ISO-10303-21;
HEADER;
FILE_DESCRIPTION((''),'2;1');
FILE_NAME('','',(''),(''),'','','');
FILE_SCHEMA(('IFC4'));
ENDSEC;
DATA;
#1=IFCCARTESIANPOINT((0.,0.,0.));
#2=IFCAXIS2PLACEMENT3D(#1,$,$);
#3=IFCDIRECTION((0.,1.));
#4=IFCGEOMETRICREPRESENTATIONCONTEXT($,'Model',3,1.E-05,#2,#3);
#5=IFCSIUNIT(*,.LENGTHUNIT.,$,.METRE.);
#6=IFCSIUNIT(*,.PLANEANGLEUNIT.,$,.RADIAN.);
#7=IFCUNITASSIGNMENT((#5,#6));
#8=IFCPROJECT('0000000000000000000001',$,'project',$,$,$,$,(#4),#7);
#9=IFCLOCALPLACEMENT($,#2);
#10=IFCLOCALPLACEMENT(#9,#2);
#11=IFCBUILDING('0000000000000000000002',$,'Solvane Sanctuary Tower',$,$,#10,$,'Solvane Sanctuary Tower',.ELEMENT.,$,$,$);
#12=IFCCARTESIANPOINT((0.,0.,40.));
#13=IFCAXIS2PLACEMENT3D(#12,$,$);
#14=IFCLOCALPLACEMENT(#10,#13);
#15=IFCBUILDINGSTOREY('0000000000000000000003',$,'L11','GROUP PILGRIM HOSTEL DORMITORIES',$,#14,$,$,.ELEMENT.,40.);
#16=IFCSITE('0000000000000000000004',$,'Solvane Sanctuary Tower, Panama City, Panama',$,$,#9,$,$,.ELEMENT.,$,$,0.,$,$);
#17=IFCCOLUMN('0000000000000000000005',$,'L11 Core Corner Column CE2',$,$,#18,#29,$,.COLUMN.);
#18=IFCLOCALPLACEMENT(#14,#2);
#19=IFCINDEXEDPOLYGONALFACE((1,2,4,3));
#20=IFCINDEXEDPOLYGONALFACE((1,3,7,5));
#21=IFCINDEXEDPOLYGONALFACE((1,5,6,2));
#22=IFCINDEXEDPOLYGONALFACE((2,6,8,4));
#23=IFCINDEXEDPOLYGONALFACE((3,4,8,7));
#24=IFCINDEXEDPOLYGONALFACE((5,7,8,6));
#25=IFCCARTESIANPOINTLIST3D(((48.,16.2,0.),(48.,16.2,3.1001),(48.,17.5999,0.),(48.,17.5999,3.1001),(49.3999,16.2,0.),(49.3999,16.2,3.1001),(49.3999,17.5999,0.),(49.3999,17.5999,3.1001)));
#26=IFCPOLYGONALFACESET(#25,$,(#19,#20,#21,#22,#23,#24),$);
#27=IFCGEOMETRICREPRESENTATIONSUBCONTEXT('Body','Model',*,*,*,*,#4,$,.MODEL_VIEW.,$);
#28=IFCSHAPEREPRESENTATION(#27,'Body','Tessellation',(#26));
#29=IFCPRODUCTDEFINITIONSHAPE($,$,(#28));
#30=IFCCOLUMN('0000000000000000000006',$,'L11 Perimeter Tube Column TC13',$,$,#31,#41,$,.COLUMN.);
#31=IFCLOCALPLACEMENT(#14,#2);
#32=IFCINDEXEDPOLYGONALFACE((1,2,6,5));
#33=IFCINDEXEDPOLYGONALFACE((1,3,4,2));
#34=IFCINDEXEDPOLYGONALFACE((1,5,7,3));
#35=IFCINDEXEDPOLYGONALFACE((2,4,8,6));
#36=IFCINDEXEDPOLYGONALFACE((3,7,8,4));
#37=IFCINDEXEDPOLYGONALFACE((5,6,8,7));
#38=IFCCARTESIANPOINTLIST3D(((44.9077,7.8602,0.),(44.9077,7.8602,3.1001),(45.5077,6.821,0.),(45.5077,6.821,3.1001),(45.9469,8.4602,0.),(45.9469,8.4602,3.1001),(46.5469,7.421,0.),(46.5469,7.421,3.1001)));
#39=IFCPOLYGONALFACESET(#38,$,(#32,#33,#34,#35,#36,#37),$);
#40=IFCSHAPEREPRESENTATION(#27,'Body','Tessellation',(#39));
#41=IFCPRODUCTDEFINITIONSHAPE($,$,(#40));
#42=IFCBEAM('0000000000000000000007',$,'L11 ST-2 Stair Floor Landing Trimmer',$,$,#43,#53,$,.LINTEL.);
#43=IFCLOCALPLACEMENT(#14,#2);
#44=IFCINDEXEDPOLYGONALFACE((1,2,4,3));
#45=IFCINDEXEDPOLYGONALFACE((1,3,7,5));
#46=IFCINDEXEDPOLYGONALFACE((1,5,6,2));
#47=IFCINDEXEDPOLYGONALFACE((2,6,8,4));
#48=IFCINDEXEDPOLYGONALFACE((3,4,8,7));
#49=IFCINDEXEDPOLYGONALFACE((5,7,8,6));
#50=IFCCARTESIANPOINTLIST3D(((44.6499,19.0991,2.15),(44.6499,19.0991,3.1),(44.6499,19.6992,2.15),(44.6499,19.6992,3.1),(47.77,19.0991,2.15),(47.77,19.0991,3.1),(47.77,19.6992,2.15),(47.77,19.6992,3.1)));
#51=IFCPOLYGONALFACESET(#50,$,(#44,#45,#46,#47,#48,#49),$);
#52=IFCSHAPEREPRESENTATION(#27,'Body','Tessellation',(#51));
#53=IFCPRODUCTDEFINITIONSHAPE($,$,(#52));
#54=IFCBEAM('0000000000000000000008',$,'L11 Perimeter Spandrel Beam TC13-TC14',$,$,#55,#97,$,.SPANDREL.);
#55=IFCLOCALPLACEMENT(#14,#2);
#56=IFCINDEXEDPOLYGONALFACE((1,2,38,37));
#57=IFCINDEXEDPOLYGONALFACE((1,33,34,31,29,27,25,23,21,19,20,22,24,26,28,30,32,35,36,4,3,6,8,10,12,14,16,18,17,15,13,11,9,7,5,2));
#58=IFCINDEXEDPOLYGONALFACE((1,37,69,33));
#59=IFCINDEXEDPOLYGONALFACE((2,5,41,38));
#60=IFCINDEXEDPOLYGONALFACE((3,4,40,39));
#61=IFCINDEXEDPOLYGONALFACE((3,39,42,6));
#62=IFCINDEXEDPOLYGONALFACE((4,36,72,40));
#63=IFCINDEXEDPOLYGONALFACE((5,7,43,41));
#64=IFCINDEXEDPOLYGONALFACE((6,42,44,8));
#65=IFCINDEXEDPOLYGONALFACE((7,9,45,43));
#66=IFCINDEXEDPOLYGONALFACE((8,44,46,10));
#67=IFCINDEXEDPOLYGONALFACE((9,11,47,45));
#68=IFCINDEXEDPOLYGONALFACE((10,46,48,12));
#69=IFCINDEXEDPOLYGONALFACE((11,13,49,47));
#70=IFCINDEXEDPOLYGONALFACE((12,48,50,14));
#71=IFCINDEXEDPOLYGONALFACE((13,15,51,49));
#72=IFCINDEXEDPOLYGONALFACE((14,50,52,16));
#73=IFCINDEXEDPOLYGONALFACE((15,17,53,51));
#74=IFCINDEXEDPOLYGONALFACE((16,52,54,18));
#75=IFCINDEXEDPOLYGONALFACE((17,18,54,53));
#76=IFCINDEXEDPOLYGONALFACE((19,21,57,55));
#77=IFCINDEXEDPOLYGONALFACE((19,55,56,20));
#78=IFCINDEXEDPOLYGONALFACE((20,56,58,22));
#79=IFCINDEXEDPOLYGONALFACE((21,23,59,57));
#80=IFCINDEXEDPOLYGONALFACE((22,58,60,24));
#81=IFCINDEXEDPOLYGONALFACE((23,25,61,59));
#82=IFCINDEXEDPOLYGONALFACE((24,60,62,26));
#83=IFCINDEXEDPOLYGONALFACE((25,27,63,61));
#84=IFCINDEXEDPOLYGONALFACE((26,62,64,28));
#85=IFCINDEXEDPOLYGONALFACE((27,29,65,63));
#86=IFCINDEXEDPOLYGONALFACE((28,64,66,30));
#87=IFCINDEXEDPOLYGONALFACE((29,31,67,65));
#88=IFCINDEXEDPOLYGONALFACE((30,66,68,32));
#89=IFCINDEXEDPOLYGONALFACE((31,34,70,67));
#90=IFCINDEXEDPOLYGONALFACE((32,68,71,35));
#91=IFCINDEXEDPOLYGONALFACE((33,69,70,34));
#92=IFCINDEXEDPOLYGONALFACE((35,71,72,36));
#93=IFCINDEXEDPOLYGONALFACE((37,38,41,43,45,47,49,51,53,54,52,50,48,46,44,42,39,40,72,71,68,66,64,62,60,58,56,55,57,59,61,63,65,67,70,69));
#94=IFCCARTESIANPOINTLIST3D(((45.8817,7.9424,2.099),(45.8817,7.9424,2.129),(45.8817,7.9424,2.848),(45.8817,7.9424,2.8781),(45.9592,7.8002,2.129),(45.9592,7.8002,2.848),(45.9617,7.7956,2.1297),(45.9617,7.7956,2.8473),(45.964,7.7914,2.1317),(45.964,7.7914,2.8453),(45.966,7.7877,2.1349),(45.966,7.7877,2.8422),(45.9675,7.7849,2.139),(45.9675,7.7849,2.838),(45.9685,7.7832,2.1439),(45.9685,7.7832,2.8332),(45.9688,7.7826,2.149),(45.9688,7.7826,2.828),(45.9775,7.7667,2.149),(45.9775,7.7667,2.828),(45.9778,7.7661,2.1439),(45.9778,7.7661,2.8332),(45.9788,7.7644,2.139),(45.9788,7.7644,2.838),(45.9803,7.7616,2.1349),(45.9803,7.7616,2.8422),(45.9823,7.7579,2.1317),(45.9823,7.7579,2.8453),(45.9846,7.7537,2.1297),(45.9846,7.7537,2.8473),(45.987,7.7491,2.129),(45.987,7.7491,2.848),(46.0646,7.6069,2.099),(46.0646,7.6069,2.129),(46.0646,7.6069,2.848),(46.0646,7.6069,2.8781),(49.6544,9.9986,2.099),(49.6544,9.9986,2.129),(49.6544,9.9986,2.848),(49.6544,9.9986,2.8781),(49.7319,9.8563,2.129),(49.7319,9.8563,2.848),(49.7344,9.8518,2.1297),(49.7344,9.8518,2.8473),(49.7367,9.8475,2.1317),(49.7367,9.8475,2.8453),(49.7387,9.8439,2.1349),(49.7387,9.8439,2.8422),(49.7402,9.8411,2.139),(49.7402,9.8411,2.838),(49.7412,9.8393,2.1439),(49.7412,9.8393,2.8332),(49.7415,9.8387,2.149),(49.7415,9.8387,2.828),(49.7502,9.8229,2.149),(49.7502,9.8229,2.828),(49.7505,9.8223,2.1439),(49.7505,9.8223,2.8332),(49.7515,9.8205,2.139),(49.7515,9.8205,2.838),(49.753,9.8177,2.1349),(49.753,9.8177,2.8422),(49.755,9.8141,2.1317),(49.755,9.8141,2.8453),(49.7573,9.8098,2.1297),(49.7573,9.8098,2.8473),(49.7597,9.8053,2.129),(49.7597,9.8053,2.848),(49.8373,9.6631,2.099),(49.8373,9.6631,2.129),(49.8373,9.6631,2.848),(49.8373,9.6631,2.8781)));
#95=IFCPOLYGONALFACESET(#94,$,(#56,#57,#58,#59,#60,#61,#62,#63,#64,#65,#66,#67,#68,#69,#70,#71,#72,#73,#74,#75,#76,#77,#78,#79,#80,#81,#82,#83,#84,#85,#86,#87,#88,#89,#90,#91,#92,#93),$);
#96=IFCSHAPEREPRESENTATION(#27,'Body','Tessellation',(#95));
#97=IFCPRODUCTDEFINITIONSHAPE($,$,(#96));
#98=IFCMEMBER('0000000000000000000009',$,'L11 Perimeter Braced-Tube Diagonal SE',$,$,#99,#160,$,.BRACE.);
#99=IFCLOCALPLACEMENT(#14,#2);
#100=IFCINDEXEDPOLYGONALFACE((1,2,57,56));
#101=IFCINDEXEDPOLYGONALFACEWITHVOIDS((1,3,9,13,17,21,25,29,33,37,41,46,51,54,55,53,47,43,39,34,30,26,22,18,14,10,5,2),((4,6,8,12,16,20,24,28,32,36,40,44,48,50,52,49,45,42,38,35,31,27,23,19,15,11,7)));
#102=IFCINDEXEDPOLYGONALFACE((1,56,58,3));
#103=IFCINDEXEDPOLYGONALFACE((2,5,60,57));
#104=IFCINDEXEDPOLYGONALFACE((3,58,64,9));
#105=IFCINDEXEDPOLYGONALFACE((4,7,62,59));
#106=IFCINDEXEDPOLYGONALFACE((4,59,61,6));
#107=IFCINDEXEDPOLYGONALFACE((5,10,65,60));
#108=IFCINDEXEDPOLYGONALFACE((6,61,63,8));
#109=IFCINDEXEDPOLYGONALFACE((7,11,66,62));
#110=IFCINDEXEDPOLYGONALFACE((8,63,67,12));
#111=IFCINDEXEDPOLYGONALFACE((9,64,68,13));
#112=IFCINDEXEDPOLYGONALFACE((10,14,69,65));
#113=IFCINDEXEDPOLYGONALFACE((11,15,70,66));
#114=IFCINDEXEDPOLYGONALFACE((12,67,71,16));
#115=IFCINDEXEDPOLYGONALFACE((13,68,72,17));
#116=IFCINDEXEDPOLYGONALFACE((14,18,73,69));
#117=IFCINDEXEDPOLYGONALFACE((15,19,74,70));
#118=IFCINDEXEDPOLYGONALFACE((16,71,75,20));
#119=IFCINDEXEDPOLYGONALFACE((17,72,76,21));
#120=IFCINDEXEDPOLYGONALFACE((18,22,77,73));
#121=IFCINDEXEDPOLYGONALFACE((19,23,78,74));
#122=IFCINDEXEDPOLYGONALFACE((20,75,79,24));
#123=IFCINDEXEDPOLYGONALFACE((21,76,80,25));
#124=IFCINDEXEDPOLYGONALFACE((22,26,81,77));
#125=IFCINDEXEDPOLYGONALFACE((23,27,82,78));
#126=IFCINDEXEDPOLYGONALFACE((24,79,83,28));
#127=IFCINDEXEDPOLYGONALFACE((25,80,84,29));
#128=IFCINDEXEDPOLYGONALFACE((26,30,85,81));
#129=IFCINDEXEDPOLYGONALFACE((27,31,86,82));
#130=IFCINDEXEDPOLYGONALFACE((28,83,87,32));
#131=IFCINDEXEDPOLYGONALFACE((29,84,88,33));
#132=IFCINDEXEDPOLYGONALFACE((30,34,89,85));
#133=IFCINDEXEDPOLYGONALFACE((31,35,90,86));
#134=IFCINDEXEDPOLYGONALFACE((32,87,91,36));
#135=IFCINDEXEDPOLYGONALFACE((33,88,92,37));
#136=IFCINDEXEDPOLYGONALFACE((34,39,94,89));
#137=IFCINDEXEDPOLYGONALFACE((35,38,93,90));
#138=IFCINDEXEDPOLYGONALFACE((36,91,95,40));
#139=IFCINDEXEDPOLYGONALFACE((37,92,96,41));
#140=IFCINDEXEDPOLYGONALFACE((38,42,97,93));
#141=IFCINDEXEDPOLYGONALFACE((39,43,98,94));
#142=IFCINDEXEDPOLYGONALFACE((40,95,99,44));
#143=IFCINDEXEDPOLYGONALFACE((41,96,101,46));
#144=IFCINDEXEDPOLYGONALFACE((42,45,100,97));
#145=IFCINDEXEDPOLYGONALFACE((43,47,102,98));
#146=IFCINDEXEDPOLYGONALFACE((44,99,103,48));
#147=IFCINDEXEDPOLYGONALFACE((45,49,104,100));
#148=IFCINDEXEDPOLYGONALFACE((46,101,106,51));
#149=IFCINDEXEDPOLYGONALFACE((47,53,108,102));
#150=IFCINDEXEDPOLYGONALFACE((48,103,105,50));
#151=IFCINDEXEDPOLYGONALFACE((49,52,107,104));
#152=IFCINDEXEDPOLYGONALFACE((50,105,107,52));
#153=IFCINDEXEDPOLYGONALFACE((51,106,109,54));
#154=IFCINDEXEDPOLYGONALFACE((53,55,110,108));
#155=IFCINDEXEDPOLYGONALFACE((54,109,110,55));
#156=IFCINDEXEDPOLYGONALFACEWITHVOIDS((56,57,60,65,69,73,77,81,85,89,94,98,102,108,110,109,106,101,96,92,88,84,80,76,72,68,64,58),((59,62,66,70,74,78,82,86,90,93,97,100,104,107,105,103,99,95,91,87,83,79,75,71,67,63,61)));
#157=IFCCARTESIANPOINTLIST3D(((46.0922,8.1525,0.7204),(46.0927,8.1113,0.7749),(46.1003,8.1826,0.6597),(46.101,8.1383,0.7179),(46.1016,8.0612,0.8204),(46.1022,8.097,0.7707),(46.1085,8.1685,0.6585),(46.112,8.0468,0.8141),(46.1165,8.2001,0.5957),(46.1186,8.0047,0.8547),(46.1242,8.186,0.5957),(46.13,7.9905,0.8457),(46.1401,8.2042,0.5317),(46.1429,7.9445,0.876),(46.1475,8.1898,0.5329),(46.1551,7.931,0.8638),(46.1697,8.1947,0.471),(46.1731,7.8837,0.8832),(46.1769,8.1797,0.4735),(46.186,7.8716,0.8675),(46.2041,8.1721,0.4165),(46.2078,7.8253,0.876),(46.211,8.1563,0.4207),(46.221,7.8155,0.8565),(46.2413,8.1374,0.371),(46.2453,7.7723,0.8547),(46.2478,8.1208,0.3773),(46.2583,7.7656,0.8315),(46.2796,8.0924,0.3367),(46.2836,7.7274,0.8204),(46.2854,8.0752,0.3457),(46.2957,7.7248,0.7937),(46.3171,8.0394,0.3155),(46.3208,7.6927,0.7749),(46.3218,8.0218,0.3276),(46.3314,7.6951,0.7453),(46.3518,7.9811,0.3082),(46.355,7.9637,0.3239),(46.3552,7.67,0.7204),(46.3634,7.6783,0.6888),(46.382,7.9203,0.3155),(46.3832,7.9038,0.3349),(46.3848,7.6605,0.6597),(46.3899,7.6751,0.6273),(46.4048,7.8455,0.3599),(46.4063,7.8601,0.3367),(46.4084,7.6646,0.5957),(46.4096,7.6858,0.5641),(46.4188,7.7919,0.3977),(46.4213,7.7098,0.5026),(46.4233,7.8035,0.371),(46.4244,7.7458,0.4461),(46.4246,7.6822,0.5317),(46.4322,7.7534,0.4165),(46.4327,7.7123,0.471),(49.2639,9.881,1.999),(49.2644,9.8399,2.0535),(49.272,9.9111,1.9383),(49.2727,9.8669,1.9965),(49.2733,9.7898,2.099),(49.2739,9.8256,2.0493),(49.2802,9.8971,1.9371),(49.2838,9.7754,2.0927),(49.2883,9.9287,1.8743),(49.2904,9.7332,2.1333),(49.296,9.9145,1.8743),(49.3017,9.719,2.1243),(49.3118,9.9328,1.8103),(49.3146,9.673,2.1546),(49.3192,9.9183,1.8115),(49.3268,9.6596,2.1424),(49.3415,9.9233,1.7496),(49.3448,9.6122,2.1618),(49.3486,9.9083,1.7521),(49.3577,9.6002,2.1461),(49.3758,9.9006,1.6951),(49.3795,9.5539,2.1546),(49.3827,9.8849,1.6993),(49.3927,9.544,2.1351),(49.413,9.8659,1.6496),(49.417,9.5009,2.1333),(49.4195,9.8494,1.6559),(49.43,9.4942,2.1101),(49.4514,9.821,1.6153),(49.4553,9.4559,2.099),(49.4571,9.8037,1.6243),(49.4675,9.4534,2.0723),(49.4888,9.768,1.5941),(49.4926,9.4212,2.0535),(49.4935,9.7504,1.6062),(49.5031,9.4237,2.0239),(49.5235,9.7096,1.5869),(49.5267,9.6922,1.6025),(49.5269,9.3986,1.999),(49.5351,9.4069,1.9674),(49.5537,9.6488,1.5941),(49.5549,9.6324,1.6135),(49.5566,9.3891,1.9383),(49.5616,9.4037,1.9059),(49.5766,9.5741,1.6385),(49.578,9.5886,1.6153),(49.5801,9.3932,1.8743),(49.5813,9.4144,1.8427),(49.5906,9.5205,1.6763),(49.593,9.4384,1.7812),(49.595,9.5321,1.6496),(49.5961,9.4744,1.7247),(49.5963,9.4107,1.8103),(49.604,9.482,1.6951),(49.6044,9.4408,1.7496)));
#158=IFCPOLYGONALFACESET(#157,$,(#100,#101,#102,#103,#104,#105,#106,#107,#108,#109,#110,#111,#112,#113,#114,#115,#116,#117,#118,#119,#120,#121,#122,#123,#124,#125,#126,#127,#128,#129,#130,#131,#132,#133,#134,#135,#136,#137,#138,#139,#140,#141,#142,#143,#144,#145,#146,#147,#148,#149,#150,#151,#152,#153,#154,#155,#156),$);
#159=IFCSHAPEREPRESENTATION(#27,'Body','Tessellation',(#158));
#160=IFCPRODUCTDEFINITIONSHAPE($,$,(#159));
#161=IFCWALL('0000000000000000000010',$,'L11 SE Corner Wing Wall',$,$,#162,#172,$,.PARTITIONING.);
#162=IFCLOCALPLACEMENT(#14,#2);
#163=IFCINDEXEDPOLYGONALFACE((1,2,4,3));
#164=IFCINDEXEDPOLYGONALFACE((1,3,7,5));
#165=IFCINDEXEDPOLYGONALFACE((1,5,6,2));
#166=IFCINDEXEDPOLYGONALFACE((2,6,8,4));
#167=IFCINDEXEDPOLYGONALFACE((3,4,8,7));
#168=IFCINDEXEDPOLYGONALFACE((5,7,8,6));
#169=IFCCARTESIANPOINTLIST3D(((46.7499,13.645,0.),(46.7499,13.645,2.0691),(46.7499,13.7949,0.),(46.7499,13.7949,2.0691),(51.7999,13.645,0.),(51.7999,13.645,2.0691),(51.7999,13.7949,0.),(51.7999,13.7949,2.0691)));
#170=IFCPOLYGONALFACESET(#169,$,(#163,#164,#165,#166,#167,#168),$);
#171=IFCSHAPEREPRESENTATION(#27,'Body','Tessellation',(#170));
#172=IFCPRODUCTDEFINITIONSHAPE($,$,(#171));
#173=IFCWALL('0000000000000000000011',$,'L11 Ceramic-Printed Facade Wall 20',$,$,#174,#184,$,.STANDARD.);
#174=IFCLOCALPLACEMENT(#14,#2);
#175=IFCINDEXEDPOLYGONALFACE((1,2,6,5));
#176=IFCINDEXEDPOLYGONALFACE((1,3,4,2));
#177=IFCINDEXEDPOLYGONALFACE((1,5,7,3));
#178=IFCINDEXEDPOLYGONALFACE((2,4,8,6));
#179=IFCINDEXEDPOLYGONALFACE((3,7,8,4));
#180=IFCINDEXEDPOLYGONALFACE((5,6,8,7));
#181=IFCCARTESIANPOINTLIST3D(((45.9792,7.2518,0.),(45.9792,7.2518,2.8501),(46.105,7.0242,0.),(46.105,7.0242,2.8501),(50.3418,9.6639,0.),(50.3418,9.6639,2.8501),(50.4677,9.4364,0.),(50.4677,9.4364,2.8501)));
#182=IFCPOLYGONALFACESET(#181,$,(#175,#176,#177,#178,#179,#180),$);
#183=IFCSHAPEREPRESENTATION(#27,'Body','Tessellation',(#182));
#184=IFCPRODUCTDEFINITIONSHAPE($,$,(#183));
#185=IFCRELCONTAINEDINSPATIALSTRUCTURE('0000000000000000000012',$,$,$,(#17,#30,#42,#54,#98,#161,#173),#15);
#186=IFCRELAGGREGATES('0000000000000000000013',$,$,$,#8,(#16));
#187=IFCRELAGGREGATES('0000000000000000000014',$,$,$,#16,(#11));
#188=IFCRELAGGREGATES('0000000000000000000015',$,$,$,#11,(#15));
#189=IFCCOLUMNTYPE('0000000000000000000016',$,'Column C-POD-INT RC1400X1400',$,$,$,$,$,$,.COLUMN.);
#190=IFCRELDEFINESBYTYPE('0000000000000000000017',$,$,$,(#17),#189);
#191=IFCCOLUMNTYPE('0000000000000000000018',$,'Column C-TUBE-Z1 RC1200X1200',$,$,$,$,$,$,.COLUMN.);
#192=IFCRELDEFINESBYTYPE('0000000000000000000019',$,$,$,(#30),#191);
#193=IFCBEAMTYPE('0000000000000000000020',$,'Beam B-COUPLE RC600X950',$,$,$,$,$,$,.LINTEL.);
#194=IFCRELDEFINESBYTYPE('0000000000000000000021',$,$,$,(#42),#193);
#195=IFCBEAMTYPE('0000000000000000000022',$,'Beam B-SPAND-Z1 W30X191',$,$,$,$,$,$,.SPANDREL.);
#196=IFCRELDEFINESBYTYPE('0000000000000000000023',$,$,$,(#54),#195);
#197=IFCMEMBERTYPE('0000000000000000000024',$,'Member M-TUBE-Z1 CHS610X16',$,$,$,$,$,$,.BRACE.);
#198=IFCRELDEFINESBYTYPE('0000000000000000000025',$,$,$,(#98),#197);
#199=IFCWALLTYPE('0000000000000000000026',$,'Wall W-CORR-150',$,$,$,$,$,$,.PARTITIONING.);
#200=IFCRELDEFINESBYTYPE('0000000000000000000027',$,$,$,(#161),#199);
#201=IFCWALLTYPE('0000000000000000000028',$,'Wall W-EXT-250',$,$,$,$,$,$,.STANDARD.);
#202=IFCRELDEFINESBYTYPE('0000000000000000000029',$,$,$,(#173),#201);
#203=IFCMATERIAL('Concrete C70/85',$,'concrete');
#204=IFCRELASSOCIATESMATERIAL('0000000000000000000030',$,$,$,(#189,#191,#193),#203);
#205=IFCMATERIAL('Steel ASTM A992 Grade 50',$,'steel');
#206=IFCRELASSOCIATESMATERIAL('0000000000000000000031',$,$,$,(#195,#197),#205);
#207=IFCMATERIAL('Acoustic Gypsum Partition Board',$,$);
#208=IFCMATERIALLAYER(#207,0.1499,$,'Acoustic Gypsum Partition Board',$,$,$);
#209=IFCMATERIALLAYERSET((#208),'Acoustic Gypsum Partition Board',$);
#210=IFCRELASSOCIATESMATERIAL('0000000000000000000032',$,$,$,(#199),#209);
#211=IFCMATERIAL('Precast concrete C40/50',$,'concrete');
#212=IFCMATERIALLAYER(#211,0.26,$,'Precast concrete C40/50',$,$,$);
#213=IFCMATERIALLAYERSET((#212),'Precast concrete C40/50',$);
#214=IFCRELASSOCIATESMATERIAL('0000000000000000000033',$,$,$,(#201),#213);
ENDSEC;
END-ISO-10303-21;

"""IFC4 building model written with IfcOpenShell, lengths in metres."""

from ifc_helpers import new_model, si_unit, direction, frame, frame_2d, origin, origin_2d, place, context, subcontext, project, spatial, rectangle, hollow_circle, i_section, extrude, material, layer, layer_set, material_profile, profile_set, type_object, element, save


model = new_model("IFC4")

# Units and contexts
model_context = context("Model", 3, precision=1e-05, world=origin(), true_north=direction((0.0, 1.0)))
body_context = subcontext(model_context, "Body", "Model", "MODEL_VIEW")
ifc_project = project(units=[si_unit("LENGTHUNIT", "METRE"), si_unit("PLANEANGLEUNIT", "RADIAN")], contexts=[model_context])

# Site, building, storey
site_placement = place(None, origin())
site = spatial("IfcSite", under=ifc_project, at=site_placement, Name="Solvane Sanctuary Tower, Panama City, Panama", CompositionType="ELEMENT", RefElevation=0.0)
building_placement = place(site_placement, origin())
building = spatial("IfcBuilding", under=site, at=building_placement, Name="Solvane Sanctuary Tower", LongName="Solvane Sanctuary Tower", CompositionType="ELEMENT")
storey_placement = place(building_placement, frame((0.0, 0.0, 40.0)))
storey = spatial("IfcBuildingStorey", under=building, at=storey_placement, Name="L11", Description="GROUP PILGRIM HOSTEL DORMITORIES", CompositionType="ELEMENT", Elevation=40.0)

# Columns
ifc_material_1 = material(Name="Concrete C70/85", Category="concrete")
ifc_material_profile_1 = material_profile(ifc_material_1, rectangle(XDim=1.3999, YDim=1.3999, at=origin_2d()), Name="RC1400X1400")
ifc_profile_set_1 = profile_set([ifc_material_profile_1], Name="Concrete C70/85")
column_type_1 = type_object("IfcColumnType", Name="Column C-POD-INT RC1400X1400", PredefinedType="COLUMN", material=ifc_profile_set_1)
column_1_placement = place(storey_placement, frame((48.7, 16.8999, 0.0), z_axis=(0.0, 0.0, 1.0), x_axis=(1.0, 0.0, 0.0)))
element("IfcColumn", 1, at=column_1_placement, inside=storey, type_object=column_type_1, Name="L11 Core Corner Column CE2", PredefinedType="COLUMN", context=body_context, shape_type="SweptSolid", body=[
    extrude(rectangle(XDim=1.3999, YDim=1.3999, at=origin_2d()), origin(), (0.0, 0.0, 1.0), 3.1001),
])
ifc_material_profile_2 = material_profile(ifc_material_1, rectangle(XDim=1.2, YDim=1.2, at=origin_2d()), Name="RC1200X1200")
ifc_profile_set_2 = profile_set([ifc_material_profile_2], Name="Concrete C70/85")
column_type_2 = type_object("IfcColumnType", Name="Column C-TUBE-Z1 RC1200X1200", PredefinedType="COLUMN", material=ifc_profile_set_2)
column_2_placement = place(storey_placement, frame((45.7273, 7.6406, 0.0), z_axis=(0.0, 0.0, 1.0), x_axis=(0.5, -0.866025, 0.0)))
element("IfcColumn", 2, at=column_2_placement, inside=storey, type_object=column_type_2, Name="L11 Perimeter Tube Column TC13", PredefinedType="COLUMN", context=body_context, shape_type="SweptSolid", body=[
    extrude(rectangle(XDim=1.2, YDim=1.2, at=origin_2d()), origin(), (0.0, 0.0, 1.0), 3.1001),
])

# Beams
ifc_material_profile_3 = material_profile(ifc_material_1, rectangle(XDim=0.6001, YDim=0.95, at=origin_2d()), Name="RC600X950")
ifc_profile_set_3 = profile_set([ifc_material_profile_3], Name="Concrete C70/85")
beam_type_1 = type_object("IfcBeamType", Name="Beam B-COUPLE RC600X950", PredefinedType="LINTEL", material=ifc_profile_set_3)
beam_1_placement = place(storey_placement, frame((44.6499, 19.3992, 2.625), z_axis=(1.0, 0.0, 0.0), x_axis=(0.0, 1.0, 0.0)))
element("IfcBeam", 3, at=beam_1_placement, inside=storey, type_object=beam_type_1, Name="L11 ST-2 Stair Floor Landing Trimmer", PredefinedType="LINTEL", context=body_context, shape_type="SweptSolid", body=[
    extrude(rectangle(XDim=0.6001, YDim=0.95, at=origin_2d()), origin(), (0.0, 0.0, 1.0), 3.1201),
])
ifc_material_2 = material(Name="Steel ASTM A992 Grade 50", Category="steel")
ifc_material_profile_4 = material_profile(ifc_material_2, i_section(OverallWidth=0.3821, OverallDepth=0.7791, WebThickness=0.0181, FlangeThickness=0.03, FilletRadius=0.02, at=origin_2d()), Name="W30X191")
ifc_profile_set_4 = profile_set([ifc_material_profile_4], Name="Steel ASTM A992 Grade 50")
beam_type_2 = type_object("IfcBeamType", Name="Beam B-SPAND-Z1 W30X191", PredefinedType="SPANDREL", material=ifc_profile_set_4)
beam_2_placement = place(storey_placement, frame((45.9731, 7.7747, 2.4885), z_axis=(0.878061, 0.47855, 0.0), x_axis=(-0.47855, 0.878061, 0.0)))
element("IfcBeam", 4, at=beam_2_placement, inside=storey, type_object=beam_type_2, Name="L11 Perimeter Spandrel Beam TC13-TC14", PredefinedType="SPANDREL", context=body_context, shape_type="SweptSolid", body=[
    extrude(i_section(OverallWidth=0.3821, OverallDepth=0.7791, WebThickness=0.0181, FlangeThickness=0.03, FilletRadius=0.02, at=origin_2d()), origin(), (0.0, 0.0, 1.0), 4.2966),
])

# Member
ifc_material_profile_5 = material_profile(ifc_material_2, hollow_circle(Radius=0.3049, WallThickness=0.0161, at=origin_2d()), Name="CHS610X16")
ifc_profile_set_5 = profile_set([ifc_material_profile_5], Name="Steel ASTM A992 Grade 50")
member_type = type_object("IfcMemberType", Name="Member M-TUBE-Z1 CHS610X16", PredefinedType="BRACE", material=ifc_profile_set_5)
member_placement = place(storey_placement, frame((46.2625, 7.9324, 0.5957), z_axis=(0.82774, 0.451112, 0.333683), x_axis=(-0.47854, 0.878066, 0.0)))
element("IfcMember", 5, at=member_placement, inside=storey, type_object=member_type, Name="L11 Perimeter Braced-Tube Diagonal SE", PredefinedType="BRACE", context=body_context, shape_type="SweptSolid", body=[
    extrude(hollow_circle(Radius=0.3049, WallThickness=0.0161, at=origin_2d()), origin(), (0.0, 0.0, 1.0), 3.8318),
])

# Walls
ifc_material_3 = material(Name="Acoustic Gypsum Partition Board")
ifc_layer_1 = layer(ifc_material_3, 0.1499, Name="Acoustic Gypsum Partition Board")
ifc_layer_set_1 = layer_set([ifc_layer_1], Name="Acoustic Gypsum Partition Board")
wall_type_1 = type_object("IfcWallType", Name="Wall W-CORR-150", PredefinedType="PARTITIONING", material=ifc_layer_set_1)
wall_1_placement = place(storey_placement, frame((46.75, 13.72, 0.0), z_axis=(0.0, 0.0, 1.0), x_axis=(1.0, 0.0, 0.0)))
element("IfcWall", 6, at=wall_1_placement, inside=storey, type_object=wall_type_1, Name="L11 SE Corner Wing Wall", PredefinedType="PARTITIONING", context=body_context, shape_type="SweptSolid", body=[
    extrude(rectangle(XDim=5.05, YDim=0.1499, at=frame_2d((2.5249, 0.0))), origin(), (0.0, 0.0, 1.0), 2.0691),
])
ifc_material_4 = material(Name="Precast concrete C40/50", Category="concrete")
ifc_layer_2 = layer(ifc_material_4, 0.26, Name="Precast concrete C40/50")
ifc_layer_set_2 = layer_set([ifc_layer_2], Name="Precast concrete C40/50")
wall_type_2 = type_object("IfcWallType", Name="Wall W-EXT-250", PredefinedType="STANDARD", material=ifc_layer_set_2)
wall_2_placement = place(storey_placement, frame((46.042, 7.1379, 0.0), z_axis=(0.0, 0.0, 1.0), x_axis=(0.875137, 0.483875, 0.0)))
element("IfcWall", 7, at=wall_2_placement, inside=storey, type_object=wall_type_2, Name="L11 Ceramic-Printed Facade Wall 20", PredefinedType="STANDARD", context=body_context, shape_type="SweptSolid", body=[
    extrude(rectangle(XDim=4.9851, YDim=0.26, at=frame_2d((2.4927, 0.0))), origin(), (0.0, 0.0, 1.0), 2.8501),
])

save(model, "model.ifc")
